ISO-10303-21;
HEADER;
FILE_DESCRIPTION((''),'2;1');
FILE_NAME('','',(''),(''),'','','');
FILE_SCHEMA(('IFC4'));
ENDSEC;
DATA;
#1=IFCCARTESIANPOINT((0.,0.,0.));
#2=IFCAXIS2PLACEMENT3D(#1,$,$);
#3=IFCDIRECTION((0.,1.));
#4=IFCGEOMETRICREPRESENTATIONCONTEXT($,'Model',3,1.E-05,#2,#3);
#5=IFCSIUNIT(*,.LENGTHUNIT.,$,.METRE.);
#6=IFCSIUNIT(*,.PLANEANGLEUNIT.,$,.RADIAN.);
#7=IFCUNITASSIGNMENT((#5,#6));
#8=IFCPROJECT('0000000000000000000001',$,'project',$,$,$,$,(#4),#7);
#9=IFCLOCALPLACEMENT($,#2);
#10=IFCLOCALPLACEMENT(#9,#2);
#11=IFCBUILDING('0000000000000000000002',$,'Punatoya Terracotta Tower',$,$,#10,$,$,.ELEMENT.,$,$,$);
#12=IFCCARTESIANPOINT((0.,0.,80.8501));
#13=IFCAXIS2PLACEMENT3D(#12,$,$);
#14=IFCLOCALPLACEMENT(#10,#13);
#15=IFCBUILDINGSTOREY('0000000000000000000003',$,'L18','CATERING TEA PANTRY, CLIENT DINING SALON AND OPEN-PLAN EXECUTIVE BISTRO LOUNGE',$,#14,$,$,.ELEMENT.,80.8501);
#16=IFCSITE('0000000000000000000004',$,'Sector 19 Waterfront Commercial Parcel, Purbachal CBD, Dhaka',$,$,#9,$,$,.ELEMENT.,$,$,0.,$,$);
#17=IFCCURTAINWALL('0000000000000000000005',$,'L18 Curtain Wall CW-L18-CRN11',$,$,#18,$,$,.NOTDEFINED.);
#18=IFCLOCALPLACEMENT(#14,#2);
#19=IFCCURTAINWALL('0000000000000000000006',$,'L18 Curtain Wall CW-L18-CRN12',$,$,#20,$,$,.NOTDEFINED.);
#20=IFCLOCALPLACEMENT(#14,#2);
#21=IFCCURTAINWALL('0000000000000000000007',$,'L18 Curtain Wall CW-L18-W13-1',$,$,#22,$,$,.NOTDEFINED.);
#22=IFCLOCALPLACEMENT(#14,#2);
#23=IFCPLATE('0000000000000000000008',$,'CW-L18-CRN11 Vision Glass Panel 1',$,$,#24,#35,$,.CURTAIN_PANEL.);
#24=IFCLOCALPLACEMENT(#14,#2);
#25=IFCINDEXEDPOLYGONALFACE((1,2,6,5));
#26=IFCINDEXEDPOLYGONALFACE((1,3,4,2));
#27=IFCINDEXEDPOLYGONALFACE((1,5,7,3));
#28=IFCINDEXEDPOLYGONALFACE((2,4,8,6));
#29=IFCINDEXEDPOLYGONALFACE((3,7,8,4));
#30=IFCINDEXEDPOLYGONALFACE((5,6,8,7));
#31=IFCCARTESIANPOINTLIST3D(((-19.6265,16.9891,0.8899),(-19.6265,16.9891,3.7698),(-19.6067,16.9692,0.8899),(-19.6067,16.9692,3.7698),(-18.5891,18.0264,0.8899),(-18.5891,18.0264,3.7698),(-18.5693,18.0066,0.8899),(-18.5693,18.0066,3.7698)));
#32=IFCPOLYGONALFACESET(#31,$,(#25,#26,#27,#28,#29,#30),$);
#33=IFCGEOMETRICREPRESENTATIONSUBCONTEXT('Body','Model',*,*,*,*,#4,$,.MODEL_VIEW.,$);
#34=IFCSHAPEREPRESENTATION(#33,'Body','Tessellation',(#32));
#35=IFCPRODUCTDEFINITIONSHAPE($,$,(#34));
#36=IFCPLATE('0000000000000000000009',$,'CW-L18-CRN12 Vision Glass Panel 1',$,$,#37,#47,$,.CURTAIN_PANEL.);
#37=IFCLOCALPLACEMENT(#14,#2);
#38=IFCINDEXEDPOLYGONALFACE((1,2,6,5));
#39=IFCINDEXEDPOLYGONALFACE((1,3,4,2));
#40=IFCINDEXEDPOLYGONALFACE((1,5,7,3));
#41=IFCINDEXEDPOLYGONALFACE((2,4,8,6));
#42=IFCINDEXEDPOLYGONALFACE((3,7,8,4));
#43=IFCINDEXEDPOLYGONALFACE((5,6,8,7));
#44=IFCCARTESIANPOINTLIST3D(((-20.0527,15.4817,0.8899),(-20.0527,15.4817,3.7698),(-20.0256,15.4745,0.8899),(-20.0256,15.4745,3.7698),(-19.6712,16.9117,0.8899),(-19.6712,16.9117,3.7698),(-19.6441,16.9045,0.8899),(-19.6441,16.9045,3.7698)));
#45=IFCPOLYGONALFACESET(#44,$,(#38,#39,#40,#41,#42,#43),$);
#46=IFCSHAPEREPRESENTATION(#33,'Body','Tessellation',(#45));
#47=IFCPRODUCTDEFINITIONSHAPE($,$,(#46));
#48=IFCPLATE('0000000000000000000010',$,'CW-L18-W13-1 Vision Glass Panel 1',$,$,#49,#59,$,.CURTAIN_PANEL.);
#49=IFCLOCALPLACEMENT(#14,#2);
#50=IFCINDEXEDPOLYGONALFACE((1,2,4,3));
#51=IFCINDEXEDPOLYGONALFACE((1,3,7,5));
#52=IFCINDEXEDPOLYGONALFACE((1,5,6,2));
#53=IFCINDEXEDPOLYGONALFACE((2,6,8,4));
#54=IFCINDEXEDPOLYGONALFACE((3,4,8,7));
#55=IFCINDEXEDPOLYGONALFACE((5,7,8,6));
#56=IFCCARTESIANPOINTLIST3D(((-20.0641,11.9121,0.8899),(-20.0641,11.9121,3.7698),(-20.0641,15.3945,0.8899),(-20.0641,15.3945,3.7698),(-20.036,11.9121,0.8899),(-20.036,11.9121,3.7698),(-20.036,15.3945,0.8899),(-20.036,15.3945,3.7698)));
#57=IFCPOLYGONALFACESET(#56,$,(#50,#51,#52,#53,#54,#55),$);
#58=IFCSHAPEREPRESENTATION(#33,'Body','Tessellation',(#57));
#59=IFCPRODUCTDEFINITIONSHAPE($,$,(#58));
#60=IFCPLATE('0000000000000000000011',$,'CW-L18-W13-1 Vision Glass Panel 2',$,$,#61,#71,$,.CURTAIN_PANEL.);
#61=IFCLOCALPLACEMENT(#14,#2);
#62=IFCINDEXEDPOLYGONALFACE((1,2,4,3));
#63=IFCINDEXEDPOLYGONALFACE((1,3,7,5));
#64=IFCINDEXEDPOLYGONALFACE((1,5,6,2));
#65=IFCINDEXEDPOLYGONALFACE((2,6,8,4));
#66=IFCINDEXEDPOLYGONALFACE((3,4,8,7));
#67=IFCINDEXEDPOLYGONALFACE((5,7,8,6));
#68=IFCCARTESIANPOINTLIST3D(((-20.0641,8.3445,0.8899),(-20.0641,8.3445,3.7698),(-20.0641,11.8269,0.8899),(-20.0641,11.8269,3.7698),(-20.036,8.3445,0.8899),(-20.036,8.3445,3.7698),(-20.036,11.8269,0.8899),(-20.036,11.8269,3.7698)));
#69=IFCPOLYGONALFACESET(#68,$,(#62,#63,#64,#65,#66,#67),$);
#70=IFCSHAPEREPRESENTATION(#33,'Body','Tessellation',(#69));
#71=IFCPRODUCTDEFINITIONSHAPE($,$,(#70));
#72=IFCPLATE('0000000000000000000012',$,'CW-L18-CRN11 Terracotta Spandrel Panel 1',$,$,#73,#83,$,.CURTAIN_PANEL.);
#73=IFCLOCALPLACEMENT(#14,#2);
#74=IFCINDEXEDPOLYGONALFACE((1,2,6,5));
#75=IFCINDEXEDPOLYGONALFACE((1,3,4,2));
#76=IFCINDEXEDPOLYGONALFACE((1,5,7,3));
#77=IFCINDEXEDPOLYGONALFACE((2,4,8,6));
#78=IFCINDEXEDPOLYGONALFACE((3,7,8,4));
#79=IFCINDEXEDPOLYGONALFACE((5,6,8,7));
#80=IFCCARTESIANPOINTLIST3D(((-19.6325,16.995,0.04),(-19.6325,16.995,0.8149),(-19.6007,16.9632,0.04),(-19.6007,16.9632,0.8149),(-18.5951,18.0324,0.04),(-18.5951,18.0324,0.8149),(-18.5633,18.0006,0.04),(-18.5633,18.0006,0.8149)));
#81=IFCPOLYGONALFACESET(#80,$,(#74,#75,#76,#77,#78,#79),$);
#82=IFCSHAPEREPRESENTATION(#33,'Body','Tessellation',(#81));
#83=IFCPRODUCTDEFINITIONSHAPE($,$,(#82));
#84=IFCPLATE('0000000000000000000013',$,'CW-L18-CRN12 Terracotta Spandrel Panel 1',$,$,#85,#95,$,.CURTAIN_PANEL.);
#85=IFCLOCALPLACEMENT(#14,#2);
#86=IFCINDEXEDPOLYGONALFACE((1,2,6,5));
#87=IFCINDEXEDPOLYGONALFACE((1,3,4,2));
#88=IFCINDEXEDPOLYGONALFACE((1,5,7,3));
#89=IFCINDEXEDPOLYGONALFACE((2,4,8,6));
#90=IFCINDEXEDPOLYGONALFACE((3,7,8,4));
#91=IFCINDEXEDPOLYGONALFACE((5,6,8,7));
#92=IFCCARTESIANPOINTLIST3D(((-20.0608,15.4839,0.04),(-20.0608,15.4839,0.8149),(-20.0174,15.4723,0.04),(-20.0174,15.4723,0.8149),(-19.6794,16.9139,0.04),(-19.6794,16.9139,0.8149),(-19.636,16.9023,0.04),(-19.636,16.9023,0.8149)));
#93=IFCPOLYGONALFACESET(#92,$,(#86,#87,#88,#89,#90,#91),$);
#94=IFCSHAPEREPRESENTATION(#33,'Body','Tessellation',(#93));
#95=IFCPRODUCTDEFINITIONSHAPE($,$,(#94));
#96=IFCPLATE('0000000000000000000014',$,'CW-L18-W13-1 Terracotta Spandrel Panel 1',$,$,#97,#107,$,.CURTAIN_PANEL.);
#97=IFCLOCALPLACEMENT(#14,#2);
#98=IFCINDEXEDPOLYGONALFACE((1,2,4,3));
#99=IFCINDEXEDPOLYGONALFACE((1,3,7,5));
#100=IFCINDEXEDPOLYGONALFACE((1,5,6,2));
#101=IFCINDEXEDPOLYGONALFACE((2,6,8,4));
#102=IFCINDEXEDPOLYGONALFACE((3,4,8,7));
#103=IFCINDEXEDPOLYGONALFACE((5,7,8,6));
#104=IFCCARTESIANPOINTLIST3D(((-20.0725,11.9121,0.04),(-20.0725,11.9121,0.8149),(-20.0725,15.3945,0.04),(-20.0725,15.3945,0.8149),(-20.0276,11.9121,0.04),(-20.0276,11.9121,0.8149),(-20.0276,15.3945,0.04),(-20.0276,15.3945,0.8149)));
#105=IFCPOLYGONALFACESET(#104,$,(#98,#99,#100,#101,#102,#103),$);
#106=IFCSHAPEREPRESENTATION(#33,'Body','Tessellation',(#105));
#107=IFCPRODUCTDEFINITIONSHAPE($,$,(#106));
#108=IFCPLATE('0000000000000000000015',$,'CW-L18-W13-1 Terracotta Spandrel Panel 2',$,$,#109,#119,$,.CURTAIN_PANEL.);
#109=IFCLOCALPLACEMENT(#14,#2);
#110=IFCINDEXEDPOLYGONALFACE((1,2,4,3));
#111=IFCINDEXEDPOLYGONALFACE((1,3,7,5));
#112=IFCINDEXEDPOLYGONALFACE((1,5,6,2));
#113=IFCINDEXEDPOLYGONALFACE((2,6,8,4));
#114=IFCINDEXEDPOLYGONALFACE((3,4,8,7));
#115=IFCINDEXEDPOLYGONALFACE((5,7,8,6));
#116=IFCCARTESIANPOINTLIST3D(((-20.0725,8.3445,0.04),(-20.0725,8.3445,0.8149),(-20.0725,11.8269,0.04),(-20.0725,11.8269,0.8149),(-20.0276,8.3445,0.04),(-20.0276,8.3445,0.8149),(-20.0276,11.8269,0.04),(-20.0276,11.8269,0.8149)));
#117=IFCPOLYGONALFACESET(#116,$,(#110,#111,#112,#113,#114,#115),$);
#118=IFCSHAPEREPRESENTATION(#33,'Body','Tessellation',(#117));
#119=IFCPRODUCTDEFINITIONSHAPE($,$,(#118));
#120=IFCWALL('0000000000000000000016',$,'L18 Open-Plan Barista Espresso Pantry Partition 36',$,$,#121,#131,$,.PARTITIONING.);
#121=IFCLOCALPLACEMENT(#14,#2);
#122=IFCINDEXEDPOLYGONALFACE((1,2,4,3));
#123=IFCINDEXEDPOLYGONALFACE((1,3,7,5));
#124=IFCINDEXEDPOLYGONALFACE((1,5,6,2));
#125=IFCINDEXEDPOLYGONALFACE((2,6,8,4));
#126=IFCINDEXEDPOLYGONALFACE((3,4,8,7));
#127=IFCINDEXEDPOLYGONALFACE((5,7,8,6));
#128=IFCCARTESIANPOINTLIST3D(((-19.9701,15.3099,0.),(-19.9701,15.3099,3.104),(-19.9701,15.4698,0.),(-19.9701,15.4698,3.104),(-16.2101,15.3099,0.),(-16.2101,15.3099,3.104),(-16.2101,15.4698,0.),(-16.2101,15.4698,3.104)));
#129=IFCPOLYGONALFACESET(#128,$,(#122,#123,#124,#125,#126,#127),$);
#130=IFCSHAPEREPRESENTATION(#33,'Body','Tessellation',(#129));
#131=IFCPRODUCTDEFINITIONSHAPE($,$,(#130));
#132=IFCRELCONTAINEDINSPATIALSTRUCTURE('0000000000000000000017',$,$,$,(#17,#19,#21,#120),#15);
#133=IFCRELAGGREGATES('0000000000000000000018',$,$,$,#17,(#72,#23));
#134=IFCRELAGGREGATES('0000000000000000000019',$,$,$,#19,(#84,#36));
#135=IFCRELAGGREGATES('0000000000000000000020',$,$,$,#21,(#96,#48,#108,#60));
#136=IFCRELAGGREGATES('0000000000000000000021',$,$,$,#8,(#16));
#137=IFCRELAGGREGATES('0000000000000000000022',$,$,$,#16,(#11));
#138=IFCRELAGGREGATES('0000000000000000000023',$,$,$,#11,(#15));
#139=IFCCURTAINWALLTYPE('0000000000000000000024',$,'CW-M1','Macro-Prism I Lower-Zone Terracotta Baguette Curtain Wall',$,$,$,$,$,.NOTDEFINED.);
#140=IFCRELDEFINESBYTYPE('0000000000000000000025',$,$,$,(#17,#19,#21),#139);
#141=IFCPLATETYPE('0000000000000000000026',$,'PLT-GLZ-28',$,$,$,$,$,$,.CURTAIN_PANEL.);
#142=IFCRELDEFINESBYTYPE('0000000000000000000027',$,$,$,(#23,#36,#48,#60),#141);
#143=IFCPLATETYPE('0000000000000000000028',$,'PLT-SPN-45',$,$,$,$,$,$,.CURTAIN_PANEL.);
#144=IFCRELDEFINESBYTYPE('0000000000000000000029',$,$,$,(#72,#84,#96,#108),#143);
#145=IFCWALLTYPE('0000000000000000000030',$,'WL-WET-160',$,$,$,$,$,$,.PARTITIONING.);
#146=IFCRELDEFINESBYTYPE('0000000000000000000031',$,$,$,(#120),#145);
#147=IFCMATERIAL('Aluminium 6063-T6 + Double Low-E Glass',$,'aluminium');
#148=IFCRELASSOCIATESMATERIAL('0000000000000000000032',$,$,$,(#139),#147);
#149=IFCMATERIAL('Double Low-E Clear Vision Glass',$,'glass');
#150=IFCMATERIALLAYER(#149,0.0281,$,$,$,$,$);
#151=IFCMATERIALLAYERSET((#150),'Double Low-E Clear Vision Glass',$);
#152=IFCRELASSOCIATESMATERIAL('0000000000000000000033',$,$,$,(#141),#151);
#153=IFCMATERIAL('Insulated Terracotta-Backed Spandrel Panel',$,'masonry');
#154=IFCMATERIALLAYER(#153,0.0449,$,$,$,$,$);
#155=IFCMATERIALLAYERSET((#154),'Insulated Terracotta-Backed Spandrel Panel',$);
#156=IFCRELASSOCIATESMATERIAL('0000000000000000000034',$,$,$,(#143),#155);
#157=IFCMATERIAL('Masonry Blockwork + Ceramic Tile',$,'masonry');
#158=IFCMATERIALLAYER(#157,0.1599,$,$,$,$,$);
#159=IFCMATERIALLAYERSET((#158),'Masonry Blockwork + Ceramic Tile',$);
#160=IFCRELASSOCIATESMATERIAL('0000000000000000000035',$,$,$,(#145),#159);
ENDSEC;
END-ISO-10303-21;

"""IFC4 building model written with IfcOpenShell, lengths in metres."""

from ifc_helpers import new_model, si_unit, direction, frame, frame_2d, origin, origin_2d, place, context, subcontext, project, spatial, rectangle, extrude, material, layer, layer_set, type_object, element, aggregate, save


model = new_model("IFC4")

# Units and contexts
model_context = context("Model", 3, precision=1e-05, world=origin(), true_north=direction((0.0, 1.0)))
body_context = subcontext(model_context, "Body", "Model", "MODEL_VIEW")
ifc_project = project(units=[si_unit("LENGTHUNIT", "METRE"), si_unit("PLANEANGLEUNIT", "RADIAN")], contexts=[model_context])

# Site, building, storey
site_placement = place(None, origin())
site = spatial("IfcSite", under=ifc_project, at=site_placement, Name="Sector 19 Waterfront Commercial Parcel, Purbachal CBD, Dhaka", CompositionType="ELEMENT", RefElevation=0.0)
building_placement = place(site_placement, origin())
building = spatial("IfcBuilding", under=site, at=building_placement, Name="Punatoya Terracotta Tower", CompositionType="ELEMENT")
storey_placement = place(building_placement, frame((0.0, 0.0, 80.8501)))
storey = spatial("IfcBuildingStorey", under=building, at=storey_placement, Name="L18", Description="CATERING TEA PANTRY, CLIENT DINING SALON AND OPEN-PLAN EXECUTIVE BISTRO LOUNGE", CompositionType="ELEMENT", Elevation=80.8501)

# Curtain walls
ifc_material_1 = material(Name="Aluminium 6063-T6 + Double Low-E Glass", Category="aluminium")
curtain_wall_type = type_object("IfcCurtainWallType", Name="CW-M1", Description="Macro-Prism I Lower-Zone Terracotta Baguette Curtain Wall", PredefinedType="NOTDEFINED", material=ifc_material_1)
curtain_wall_1_placement = place(storey_placement, origin())
curtain_wall_1 = element("IfcCurtainWall", 1, at=curtain_wall_1_placement, inside=storey, type_object=curtain_wall_type, Name="L18 Curtain Wall CW-L18-CRN11", PredefinedType="NOTDEFINED")
curtain_wall_2_placement = place(storey_placement, origin())
curtain_wall_2 = element("IfcCurtainWall", 2, at=curtain_wall_2_placement, inside=storey, type_object=curtain_wall_type, Name="L18 Curtain Wall CW-L18-CRN12", PredefinedType="NOTDEFINED")
curtain_wall_3_placement = place(storey_placement, origin())
curtain_wall_3 = element("IfcCurtainWall", 3, at=curtain_wall_3_placement, inside=storey, type_object=curtain_wall_type, Name="L18 Curtain Wall CW-L18-W13-1", PredefinedType="NOTDEFINED")

# Plates
ifc_material_2 = material(Name="Double Low-E Clear Vision Glass", Category="glass")
ifc_layer_1 = layer(ifc_material_2, 0.0281)
ifc_layer_set_1 = layer_set([ifc_layer_1], Name="Double Low-E Clear Vision Glass")
plate_type_1 = type_object("IfcPlateType", Name="PLT-GLZ-28", PredefinedType="CURTAIN_PANEL", material=ifc_layer_set_1)
plate_1_placement = place(storey_placement, frame((-19.0979, 17.4978, 0.8899), z_axis=(0.0, 0.0, 1.0), x_axis=(-0.707107, -0.707107, 0.0)))
plate_1 = element("IfcPlate", 4, at=plate_1_placement, type_object=plate_type_1, Name="CW-L18-CRN11 Vision Glass Panel 1", PredefinedType="CURTAIN_PANEL", context=body_context, shape_type="SweptSolid", body=[
    extrude(rectangle(XDim=1.467, YDim=0.0281, at=origin_2d()), origin(), (0.0, 0.0, 1.0), 2.8799),
])
plate_2_placement = place(storey_placement, frame((-19.8484, 16.1931, 0.8899), z_axis=(0.0, 0.0, 1.0), x_axis=(-0.257742, -0.966214, 0.0)))
plate_2 = element("IfcPlate", 5, at=plate_2_placement, type_object=plate_type_1, Name="CW-L18-CRN12 Vision Glass Panel 1", PredefinedType="CURTAIN_PANEL", context=body_context, shape_type="SweptSolid", body=[
    extrude(rectangle(XDim=1.48, YDim=0.0281, at=origin_2d()), origin(), (0.0, 0.0, 1.0), 2.8799),
])
plate_3_placement = place(storey_placement, frame((-20.05, 13.6533, 0.8899), z_axis=(0.0, 0.0, 1.0), x_axis=(0.0, -1.0, 0.0)))
plate_3 = element("IfcPlate", 6, at=plate_3_placement, type_object=plate_type_1, Name="CW-L18-W13-1 Vision Glass Panel 1", PredefinedType="CURTAIN_PANEL", context=body_context, shape_type="SweptSolid", body=[
    extrude(rectangle(XDim=3.4824, YDim=0.0281, at=origin_2d()), origin(), (0.0, 0.0, 1.0), 2.8799),
])
plate_4_placement = place(storey_placement, frame((-20.05, 10.0857, 0.8899), z_axis=(0.0, 0.0, 1.0), x_axis=(0.0, -1.0, 0.0)))
plate_4 = element("IfcPlate", 7, at=plate_4_placement, type_object=plate_type_1, Name="CW-L18-W13-1 Vision Glass Panel 2", PredefinedType="CURTAIN_PANEL", context=body_context, shape_type="SweptSolid", body=[
    extrude(rectangle(XDim=3.4824, YDim=0.0281, at=origin_2d()), origin(), (0.0, 0.0, 1.0), 2.8799),
])
ifc_material_3 = material(Name="Insulated Terracotta-Backed Spandrel Panel", Category="masonry")
ifc_layer_2 = layer(ifc_material_3, 0.0449)
ifc_layer_set_2 = layer_set([ifc_layer_2], Name="Insulated Terracotta-Backed Spandrel Panel")
plate_type_2 = type_object("IfcPlateType", Name="PLT-SPN-45", PredefinedType="CURTAIN_PANEL", material=ifc_layer_set_2)
plate_5_placement = place(storey_placement, frame((-19.0979, 17.4978, 0.04), z_axis=(0.0, 0.0, 1.0), x_axis=(-0.707107, -0.707107, 0.0)))
plate_5 = element("IfcPlate", 8, at=plate_5_placement, type_object=plate_type_2, Name="CW-L18-CRN11 Terracotta Spandrel Panel 1", PredefinedType="CURTAIN_PANEL", context=body_context, shape_type="SweptSolid", body=[
    extrude(rectangle(XDim=1.467, YDim=0.0449, at=origin_2d()), origin(), (0.0, 0.0, 1.0), 0.7749),
])
aggregate(curtain_wall_1, [plate_5, plate_1])
plate_6_placement = place(storey_placement, frame((-19.8484, 16.1931, 0.04), z_axis=(0.0, 0.0, 1.0), x_axis=(-0.257742, -0.966214, 0.0)))
plate_6 = element("IfcPlate", 9, at=plate_6_placement, type_object=plate_type_2, Name="CW-L18-CRN12 Terracotta Spandrel Panel 1", PredefinedType="CURTAIN_PANEL", context=body_context, shape_type="SweptSolid", body=[
    extrude(rectangle(XDim=1.48, YDim=0.0449, at=origin_2d()), origin(), (0.0, 0.0, 1.0), 0.7749),
])
aggregate(curtain_wall_2, [plate_6, plate_2])
plate_7_placement = place(storey_placement, frame((-20.05, 13.6533, 0.04), z_axis=(0.0, 0.0, 1.0), x_axis=(0.0, -1.0, 0.0)))
plate_7 = element("IfcPlate", 10, at=plate_7_placement, type_object=plate_type_2, Name="CW-L18-W13-1 Terracotta Spandrel Panel 1", PredefinedType="CURTAIN_PANEL", context=body_context, shape_type="SweptSolid", body=[
    extrude(rectangle(XDim=3.4824, YDim=0.0449, at=origin_2d()), origin(), (0.0, 0.0, 1.0), 0.7749),
])
plate_8_placement = place(storey_placement, frame((-20.05, 10.0857, 0.04), z_axis=(0.0, 0.0, 1.0), x_axis=(0.0, -1.0, 0.0)))
plate_8 = element("IfcPlate", 11, at=plate_8_placement, type_object=plate_type_2, Name="CW-L18-W13-1 Terracotta Spandrel Panel 2", PredefinedType="CURTAIN_PANEL", context=body_context, shape_type="SweptSolid", body=[
    extrude(rectangle(XDim=3.4824, YDim=0.0449, at=origin_2d()), origin(), (0.0, 0.0, 1.0), 0.7749),
])
aggregate(curtain_wall_3, [plate_7, plate_3, plate_8, plate_4])

# Wall
ifc_material_4 = material(Name="Masonry Blockwork + Ceramic Tile", Category="masonry")
ifc_layer_3 = layer(ifc_material_4, 0.1599)
ifc_layer_set_3 = layer_set([ifc_layer_3], Name="Masonry Blockwork + Ceramic Tile")
wall_type = type_object("IfcWallType", Name="WL-WET-160", PredefinedType="PARTITIONING", material=ifc_layer_set_3)
wall_placement = place(storey_placement, frame((-19.97, 15.3899, 0.0), z_axis=(0.0, 0.0, 1.0), x_axis=(1.0, 0.0, 0.0)))
element("IfcWall", 12, at=wall_placement, inside=storey, type_object=wall_type, Name="L18 Open-Plan Barista Espresso Pantry Partition 36", PredefinedType="PARTITIONING", context=body_context, shape_type="SweptSolid", body=[
    extrude(rectangle(XDim=3.76, YDim=0.1599, at=frame_2d((1.8799, 0.0))), origin(), (0.0, 0.0, 1.0), 3.104),
])

save(model, "model.ifc")
